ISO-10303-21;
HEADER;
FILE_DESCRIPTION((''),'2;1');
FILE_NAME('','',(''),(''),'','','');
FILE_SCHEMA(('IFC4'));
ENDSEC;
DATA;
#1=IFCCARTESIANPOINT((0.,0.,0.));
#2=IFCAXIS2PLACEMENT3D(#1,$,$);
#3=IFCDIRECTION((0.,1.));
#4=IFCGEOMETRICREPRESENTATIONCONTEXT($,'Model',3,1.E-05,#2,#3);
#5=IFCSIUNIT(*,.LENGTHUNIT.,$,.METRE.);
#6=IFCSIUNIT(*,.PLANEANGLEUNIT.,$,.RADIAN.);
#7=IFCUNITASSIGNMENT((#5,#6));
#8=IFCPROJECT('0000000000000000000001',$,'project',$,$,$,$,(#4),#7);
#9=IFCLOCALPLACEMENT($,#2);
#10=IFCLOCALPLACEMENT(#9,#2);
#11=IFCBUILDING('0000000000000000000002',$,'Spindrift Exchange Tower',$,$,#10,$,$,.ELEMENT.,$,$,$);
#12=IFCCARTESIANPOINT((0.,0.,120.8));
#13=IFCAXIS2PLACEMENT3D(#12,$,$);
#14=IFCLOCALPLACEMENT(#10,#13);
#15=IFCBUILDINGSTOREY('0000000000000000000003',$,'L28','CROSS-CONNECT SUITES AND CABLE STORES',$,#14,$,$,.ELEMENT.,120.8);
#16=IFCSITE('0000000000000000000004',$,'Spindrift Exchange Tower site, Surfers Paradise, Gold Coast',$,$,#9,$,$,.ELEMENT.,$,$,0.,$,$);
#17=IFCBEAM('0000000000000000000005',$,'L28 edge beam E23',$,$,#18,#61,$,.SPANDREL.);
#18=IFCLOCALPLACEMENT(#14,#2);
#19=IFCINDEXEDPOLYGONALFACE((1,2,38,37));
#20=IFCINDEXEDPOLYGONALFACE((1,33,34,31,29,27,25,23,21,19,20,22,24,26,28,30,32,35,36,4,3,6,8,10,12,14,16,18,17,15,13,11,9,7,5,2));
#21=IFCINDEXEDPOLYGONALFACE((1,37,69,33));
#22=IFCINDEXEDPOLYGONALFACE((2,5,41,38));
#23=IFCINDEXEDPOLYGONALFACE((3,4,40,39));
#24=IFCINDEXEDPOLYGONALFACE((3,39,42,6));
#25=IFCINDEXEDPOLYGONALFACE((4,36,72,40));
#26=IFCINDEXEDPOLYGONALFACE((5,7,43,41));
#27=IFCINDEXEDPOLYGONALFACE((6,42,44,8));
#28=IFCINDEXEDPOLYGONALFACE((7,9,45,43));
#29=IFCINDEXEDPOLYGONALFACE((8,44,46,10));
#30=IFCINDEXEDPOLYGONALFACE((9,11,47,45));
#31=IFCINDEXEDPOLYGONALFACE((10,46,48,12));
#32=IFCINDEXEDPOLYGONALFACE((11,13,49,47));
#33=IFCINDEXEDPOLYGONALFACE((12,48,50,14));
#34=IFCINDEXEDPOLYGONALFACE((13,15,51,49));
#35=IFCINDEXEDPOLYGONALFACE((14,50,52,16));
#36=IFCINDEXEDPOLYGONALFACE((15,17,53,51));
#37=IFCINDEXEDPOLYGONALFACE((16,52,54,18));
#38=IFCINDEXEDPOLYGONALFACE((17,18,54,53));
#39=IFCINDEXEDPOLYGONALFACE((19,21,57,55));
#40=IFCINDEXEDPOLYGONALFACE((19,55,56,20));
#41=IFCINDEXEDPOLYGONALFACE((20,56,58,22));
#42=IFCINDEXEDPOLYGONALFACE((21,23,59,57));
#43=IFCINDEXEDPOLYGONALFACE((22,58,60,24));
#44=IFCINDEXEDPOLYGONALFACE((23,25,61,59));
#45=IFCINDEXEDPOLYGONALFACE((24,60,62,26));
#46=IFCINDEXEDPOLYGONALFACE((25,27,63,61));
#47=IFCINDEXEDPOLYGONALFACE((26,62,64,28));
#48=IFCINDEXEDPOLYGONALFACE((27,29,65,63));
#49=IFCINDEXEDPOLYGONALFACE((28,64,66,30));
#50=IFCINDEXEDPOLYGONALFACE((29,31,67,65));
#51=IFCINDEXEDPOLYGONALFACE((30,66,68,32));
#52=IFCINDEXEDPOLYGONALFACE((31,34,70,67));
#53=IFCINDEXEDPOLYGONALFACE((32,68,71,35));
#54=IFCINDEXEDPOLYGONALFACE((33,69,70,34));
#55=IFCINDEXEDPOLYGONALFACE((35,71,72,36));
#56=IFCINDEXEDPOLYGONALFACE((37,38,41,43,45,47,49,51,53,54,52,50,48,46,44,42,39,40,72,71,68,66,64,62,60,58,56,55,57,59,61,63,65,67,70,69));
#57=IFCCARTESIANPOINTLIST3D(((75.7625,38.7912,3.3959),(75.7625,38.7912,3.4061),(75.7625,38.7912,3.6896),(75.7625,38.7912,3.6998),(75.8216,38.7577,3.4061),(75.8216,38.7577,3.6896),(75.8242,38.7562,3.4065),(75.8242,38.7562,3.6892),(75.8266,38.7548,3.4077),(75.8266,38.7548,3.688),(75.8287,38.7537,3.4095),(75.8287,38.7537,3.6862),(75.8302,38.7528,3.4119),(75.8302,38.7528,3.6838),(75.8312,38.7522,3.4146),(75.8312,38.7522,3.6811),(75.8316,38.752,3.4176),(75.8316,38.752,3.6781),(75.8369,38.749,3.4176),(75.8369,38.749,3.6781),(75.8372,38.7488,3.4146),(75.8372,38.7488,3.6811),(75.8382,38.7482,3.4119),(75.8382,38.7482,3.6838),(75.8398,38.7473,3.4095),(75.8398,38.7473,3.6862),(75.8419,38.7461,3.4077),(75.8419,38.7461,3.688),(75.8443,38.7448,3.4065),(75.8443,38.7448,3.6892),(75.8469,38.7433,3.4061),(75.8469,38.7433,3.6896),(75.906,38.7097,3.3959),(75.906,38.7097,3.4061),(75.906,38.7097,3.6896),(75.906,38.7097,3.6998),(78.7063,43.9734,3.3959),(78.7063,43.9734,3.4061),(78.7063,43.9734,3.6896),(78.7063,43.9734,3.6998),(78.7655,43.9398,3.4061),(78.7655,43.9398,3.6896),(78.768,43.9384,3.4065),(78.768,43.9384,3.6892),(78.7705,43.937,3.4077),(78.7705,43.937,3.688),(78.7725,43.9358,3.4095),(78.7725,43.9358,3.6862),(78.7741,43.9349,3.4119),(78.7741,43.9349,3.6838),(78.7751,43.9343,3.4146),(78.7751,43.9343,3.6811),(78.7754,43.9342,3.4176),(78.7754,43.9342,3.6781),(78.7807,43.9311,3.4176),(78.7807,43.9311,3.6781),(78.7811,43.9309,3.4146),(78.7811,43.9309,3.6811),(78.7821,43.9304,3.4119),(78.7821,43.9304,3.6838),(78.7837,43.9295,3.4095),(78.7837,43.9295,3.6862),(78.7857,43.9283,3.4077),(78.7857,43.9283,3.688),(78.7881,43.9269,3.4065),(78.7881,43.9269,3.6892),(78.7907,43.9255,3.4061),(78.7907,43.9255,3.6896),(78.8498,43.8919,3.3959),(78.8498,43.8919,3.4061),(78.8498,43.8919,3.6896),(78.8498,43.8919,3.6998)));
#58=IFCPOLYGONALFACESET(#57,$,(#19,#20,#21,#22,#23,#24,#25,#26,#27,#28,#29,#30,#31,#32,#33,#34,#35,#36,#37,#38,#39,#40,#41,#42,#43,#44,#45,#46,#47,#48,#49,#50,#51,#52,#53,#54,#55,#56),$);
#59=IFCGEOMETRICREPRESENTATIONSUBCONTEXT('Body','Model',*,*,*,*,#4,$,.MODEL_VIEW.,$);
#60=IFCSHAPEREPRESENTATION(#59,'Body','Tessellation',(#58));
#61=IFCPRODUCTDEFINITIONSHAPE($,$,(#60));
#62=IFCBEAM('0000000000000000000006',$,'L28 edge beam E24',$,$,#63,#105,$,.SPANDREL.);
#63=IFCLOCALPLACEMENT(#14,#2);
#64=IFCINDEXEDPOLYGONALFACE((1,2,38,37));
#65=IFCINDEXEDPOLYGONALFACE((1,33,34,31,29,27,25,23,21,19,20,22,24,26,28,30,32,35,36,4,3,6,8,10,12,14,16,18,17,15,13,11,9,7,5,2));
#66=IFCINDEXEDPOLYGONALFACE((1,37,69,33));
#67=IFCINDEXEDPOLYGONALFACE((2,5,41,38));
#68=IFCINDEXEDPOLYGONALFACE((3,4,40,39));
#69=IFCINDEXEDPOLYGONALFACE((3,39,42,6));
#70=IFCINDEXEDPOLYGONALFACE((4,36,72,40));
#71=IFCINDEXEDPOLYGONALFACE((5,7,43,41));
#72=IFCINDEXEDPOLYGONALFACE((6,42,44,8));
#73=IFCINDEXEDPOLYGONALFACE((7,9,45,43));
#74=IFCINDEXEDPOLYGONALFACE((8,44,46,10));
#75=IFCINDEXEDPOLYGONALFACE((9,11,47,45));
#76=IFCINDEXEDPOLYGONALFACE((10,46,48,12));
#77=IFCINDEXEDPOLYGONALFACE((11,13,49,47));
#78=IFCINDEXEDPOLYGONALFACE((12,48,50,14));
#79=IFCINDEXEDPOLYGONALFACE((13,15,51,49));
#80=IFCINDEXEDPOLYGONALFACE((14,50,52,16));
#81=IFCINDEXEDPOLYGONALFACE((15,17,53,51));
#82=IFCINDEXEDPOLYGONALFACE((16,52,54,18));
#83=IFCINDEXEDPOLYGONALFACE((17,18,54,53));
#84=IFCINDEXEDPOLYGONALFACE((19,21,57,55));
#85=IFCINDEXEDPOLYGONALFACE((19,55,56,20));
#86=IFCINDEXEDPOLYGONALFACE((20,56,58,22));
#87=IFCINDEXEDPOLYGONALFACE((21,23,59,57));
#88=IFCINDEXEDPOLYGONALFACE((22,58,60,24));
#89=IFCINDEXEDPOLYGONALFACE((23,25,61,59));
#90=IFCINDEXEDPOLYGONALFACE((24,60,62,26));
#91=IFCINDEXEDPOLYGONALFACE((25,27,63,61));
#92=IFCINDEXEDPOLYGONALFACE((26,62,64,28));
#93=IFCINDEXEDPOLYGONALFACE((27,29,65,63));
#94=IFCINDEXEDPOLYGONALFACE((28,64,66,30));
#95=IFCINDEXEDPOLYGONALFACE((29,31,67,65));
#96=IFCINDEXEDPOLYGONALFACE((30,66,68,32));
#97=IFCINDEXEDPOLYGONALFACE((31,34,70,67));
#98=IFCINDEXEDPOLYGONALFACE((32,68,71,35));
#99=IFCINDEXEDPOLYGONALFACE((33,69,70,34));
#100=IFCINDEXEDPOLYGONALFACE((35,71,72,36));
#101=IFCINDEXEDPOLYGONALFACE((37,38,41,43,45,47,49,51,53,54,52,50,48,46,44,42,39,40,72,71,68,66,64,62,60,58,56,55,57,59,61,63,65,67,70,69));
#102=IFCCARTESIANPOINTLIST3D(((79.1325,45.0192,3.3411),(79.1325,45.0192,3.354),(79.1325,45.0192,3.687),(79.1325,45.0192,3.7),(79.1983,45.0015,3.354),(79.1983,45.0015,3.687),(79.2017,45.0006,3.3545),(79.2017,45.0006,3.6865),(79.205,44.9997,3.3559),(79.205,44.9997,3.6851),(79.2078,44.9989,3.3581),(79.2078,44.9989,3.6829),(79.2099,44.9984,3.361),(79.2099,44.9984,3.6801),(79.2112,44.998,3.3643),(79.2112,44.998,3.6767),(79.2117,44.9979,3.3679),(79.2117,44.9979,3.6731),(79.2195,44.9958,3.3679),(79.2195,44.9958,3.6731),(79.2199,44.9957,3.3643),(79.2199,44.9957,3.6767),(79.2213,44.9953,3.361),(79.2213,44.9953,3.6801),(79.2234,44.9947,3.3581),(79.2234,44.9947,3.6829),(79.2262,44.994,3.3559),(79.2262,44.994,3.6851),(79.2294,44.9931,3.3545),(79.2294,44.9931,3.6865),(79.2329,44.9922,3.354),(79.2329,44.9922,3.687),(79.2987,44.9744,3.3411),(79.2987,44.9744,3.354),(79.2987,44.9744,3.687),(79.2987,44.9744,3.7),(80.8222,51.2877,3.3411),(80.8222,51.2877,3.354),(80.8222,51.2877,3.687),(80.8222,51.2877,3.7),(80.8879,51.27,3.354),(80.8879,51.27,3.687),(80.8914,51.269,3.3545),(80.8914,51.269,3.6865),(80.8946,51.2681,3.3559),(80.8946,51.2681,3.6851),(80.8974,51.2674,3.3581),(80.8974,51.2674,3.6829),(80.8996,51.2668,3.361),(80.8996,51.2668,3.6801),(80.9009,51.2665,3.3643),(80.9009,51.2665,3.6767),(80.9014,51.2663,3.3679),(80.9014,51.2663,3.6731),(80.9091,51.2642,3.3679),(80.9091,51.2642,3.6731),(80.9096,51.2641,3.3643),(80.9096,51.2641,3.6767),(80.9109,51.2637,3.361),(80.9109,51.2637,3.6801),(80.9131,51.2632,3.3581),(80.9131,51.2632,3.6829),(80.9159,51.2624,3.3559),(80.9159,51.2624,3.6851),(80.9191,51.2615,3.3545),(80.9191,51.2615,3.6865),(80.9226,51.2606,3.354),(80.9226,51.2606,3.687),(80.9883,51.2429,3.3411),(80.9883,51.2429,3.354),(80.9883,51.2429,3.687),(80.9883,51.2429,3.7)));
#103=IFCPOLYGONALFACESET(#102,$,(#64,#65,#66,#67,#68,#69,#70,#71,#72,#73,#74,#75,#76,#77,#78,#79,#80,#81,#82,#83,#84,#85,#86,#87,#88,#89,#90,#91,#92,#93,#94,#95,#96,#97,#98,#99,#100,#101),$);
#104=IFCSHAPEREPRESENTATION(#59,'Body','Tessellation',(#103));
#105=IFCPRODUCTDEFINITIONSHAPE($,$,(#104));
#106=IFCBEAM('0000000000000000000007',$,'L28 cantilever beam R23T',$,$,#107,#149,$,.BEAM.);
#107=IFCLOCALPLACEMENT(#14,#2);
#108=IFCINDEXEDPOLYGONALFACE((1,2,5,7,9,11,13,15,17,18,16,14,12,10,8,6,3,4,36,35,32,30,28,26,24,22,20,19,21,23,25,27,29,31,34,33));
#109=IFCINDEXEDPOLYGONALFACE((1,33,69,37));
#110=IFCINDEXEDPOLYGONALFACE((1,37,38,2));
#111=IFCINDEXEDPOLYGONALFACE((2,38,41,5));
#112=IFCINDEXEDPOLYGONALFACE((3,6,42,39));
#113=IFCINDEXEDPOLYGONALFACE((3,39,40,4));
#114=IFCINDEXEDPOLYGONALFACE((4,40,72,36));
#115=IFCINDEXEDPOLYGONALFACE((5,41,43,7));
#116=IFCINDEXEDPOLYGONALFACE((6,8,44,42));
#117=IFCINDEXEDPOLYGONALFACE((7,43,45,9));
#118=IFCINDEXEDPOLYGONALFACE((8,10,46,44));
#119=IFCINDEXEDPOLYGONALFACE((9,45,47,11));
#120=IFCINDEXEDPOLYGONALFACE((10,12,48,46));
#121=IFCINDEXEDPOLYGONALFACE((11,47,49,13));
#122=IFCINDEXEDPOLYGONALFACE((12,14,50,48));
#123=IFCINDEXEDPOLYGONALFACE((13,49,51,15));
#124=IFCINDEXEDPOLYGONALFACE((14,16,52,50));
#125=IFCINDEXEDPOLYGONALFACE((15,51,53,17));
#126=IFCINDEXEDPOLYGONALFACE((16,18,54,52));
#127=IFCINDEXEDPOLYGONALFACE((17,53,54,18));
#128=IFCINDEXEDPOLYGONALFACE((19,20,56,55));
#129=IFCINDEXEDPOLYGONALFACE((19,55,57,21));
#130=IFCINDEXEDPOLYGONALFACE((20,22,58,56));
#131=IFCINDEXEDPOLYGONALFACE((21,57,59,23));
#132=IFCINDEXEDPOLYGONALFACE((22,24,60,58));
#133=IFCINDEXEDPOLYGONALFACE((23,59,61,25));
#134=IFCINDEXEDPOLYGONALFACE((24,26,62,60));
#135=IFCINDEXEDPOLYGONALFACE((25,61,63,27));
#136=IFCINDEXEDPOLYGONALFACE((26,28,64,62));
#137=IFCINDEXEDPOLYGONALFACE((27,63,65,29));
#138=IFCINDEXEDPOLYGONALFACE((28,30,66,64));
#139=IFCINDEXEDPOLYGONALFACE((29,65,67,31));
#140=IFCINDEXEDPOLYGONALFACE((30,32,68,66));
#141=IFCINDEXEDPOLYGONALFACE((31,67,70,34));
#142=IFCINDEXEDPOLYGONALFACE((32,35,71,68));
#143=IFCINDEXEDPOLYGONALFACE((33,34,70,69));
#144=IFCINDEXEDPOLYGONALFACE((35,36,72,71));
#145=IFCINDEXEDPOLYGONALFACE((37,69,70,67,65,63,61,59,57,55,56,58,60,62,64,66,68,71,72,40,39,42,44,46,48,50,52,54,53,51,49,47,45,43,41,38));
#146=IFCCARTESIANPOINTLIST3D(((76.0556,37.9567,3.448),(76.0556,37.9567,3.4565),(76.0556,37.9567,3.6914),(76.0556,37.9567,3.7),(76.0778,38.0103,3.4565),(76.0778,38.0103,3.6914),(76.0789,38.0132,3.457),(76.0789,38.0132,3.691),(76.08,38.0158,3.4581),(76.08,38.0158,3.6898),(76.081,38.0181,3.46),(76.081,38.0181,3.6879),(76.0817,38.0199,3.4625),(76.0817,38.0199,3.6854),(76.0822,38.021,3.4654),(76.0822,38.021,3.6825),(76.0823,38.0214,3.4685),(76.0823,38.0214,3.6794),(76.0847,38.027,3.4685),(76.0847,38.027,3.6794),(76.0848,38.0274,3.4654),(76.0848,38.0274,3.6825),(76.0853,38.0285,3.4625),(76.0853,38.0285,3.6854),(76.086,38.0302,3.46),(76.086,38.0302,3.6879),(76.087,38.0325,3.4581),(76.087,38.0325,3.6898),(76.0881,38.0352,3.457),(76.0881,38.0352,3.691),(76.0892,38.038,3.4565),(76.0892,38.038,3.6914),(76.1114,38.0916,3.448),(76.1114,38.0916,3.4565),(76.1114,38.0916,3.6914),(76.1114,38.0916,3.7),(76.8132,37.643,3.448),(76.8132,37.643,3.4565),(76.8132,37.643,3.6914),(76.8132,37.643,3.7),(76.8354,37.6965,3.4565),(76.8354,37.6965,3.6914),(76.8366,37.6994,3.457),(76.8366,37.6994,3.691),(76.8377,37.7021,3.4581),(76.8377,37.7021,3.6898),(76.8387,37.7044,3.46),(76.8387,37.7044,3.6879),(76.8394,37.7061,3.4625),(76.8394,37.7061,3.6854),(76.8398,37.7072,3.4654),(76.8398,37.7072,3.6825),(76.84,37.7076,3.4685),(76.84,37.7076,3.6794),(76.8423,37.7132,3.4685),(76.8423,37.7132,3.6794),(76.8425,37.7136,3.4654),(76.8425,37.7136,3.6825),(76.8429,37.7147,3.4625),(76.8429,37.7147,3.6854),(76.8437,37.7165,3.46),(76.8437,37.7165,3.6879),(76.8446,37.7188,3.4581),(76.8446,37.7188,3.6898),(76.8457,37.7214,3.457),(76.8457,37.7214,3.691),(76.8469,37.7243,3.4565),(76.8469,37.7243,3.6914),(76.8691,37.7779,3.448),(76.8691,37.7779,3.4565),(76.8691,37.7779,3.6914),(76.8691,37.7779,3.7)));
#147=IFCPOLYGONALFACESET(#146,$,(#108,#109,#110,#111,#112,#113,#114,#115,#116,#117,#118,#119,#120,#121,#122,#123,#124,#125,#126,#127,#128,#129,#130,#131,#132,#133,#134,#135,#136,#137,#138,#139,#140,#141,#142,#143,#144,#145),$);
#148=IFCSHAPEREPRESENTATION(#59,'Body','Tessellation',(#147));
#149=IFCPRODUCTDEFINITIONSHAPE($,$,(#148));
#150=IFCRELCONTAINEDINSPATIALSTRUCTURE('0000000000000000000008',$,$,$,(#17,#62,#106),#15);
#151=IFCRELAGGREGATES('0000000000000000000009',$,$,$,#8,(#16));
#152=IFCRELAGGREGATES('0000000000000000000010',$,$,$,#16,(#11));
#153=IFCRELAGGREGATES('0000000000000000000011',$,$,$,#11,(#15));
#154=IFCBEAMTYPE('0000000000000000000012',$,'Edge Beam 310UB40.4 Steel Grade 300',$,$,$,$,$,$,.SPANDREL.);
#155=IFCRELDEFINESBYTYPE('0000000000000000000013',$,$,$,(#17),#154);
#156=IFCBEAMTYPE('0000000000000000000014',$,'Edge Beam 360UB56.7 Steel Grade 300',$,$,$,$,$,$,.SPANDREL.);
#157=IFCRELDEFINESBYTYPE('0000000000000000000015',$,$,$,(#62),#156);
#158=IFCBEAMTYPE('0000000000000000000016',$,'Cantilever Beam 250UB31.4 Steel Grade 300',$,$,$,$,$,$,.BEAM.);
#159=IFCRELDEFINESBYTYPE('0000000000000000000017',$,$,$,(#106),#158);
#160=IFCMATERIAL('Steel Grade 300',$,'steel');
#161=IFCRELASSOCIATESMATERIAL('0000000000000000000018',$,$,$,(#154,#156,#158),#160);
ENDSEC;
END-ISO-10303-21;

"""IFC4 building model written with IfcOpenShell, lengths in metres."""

from ifc_helpers import new_model, si_unit, direction, frame, origin, origin_2d, place, context, subcontext, project, spatial, i_section, extrude, source, transform, mapped, material, material_profile, profile_set, type_object, element, save


model = new_model("IFC4")

# Units and contexts
model_context = context("Model", 3, precision=1e-05, world=origin(), true_north=direction((0.0, 1.0)))
body_context = subcontext(model_context, "Body", "Model", "MODEL_VIEW")
ifc_project = project(units=[si_unit("LENGTHUNIT", "METRE"), si_unit("PLANEANGLEUNIT", "RADIAN")], contexts=[model_context])

# Site, building, storey
site_placement = place(None, origin())
site = spatial("IfcSite", under=ifc_project, at=site_placement, Name="Spindrift Exchange Tower site, Surfers Paradise, Gold Coast", CompositionType="ELEMENT", RefElevation=0.0)
building_placement = place(site_placement, origin())
building = spatial("IfcBuilding", under=site, at=building_placement, Name="Spindrift Exchange Tower", CompositionType="ELEMENT")
storey_placement = place(building_placement, frame((0.0, 0.0, 120.8)))
storey = spatial("IfcBuildingStorey", under=building, at=storey_placement, Name="L28", Description="CROSS-CONNECT SUITES AND CABLE STORES", CompositionType="ELEMENT", Elevation=120.8)

# Beams
ifc_material_1 = material(Name="Steel Grade 300", Category="steel")
ifc_material_profile_1 = material_profile(ifc_material_1, i_section(OverallWidth=0.165, OverallDepth=0.304, WebThickness=0.0061, FlangeThickness=0.0103, FilletRadius=0.0115, at=origin_2d()), Name="310UB40.4")
ifc_profile_set_1 = profile_set([ifc_material_profile_1], Name="Steel Grade 300")
beam_type_1 = type_object("IfcBeamType", Name="Edge Beam 310UB40.4 Steel Grade 300", PredefinedType="SPANDREL", material=ifc_profile_set_1)
shared_shape_1 = source(origin(), body_context, "Body", "SweptSolid", [
    extrude(i_section(OverallWidth=0.165, OverallDepth=0.304, WebThickness=0.0061, FlangeThickness=0.0103, FilletRadius=0.0115, at=origin_2d()), origin(), (0.0, 0.0, 1.0), 5.96),
])
beam_1_placement = place(storey_placement, frame((75.8342, 38.7505, 3.5479), z_axis=(0.49394, 0.869496, 0.0), x_axis=(-0.869496, 0.49394, 0.0)))
element("IfcBeam", 1, at=beam_1_placement, inside=storey, type_object=beam_type_1, Name="L28 edge beam E23", PredefinedType="SPANDREL", context=body_context, shape_type="MappedRepresentation", body=[
    mapped(shared_shape_1, transform((0.0, 0.0, 0.0), scale=1.0)),
])
ifc_material_profile_2 = material_profile(ifc_material_1, i_section(OverallWidth=0.1721, OverallDepth=0.3589, WebThickness=0.0081, FlangeThickness=0.0129, FilletRadius=0.0139, at=origin_2d()), Name="360UB56.7")
ifc_profile_set_2 = profile_set([ifc_material_profile_2], Name="Steel Grade 300")
beam_type_2 = type_object("IfcBeamType", Name="Edge Beam 360UB56.7 Steel Grade 300", PredefinedType="SPANDREL", material=ifc_profile_set_2)
shared_shape_2 = source(origin(), body_context, "Body", "SweptSolid", [
    extrude(i_section(OverallWidth=0.1721, OverallDepth=0.3589, WebThickness=0.0081, FlangeThickness=0.0129, FilletRadius=0.0139, at=origin_2d()), origin(), (0.0, 0.0, 1.0), 6.4922),
])
beam_2_placement = place(storey_placement, frame((79.2156, 44.9968, 3.5205), z_axis=(0.260262, 0.965538, 0.0), x_axis=(-0.965538, 0.260262, 0.0)))
element("IfcBeam", 2, at=beam_2_placement, inside=storey, type_object=beam_type_2, Name="L28 edge beam E24", PredefinedType="SPANDREL", context=body_context, shape_type="MappedRepresentation", body=[
    mapped(shared_shape_2, transform((0.0, 0.0, 0.0), scale=1.0)),
])
ifc_material_profile_3 = material_profile(ifc_material_1, i_section(OverallWidth=0.146, OverallDepth=0.252, WebThickness=0.0061, FlangeThickness=0.0085, FilletRadius=0.012, at=origin_2d()), Name="250UB31.4")
ifc_profile_set_3 = profile_set([ifc_material_profile_3], Name="Steel Grade 300")
beam_type_3 = type_object("IfcBeamType", Name="Cantilever Beam 250UB31.4 Steel Grade 300", PredefinedType="BEAM", material=ifc_profile_set_3)
shared_shape_3 = source(origin(), body_context, "Body", "SweptSolid", [
    extrude(i_section(OverallWidth=0.146, OverallDepth=0.252, WebThickness=0.0061, FlangeThickness=0.0085, FilletRadius=0.012, at=origin_2d()), origin(), (0.0, 0.0, 1.0), 0.8201),
])
beam_3_placement = place(storey_placement, frame((76.0835, 38.0242, 3.574), z_axis=(0.923912, -0.382606, 0.0), x_axis=(0.382606, 0.923912, 0.0)))
element("IfcBeam", 3, at=beam_3_placement, inside=storey, type_object=beam_type_3, Name="L28 cantilever beam R23T", PredefinedType="BEAM", context=body_context, shape_type="MappedRepresentation", body=[
    mapped(shared_shape_3, transform((0.0, 0.0, 0.0), scale=1.0)),
])

save(model, "model.ifc")
